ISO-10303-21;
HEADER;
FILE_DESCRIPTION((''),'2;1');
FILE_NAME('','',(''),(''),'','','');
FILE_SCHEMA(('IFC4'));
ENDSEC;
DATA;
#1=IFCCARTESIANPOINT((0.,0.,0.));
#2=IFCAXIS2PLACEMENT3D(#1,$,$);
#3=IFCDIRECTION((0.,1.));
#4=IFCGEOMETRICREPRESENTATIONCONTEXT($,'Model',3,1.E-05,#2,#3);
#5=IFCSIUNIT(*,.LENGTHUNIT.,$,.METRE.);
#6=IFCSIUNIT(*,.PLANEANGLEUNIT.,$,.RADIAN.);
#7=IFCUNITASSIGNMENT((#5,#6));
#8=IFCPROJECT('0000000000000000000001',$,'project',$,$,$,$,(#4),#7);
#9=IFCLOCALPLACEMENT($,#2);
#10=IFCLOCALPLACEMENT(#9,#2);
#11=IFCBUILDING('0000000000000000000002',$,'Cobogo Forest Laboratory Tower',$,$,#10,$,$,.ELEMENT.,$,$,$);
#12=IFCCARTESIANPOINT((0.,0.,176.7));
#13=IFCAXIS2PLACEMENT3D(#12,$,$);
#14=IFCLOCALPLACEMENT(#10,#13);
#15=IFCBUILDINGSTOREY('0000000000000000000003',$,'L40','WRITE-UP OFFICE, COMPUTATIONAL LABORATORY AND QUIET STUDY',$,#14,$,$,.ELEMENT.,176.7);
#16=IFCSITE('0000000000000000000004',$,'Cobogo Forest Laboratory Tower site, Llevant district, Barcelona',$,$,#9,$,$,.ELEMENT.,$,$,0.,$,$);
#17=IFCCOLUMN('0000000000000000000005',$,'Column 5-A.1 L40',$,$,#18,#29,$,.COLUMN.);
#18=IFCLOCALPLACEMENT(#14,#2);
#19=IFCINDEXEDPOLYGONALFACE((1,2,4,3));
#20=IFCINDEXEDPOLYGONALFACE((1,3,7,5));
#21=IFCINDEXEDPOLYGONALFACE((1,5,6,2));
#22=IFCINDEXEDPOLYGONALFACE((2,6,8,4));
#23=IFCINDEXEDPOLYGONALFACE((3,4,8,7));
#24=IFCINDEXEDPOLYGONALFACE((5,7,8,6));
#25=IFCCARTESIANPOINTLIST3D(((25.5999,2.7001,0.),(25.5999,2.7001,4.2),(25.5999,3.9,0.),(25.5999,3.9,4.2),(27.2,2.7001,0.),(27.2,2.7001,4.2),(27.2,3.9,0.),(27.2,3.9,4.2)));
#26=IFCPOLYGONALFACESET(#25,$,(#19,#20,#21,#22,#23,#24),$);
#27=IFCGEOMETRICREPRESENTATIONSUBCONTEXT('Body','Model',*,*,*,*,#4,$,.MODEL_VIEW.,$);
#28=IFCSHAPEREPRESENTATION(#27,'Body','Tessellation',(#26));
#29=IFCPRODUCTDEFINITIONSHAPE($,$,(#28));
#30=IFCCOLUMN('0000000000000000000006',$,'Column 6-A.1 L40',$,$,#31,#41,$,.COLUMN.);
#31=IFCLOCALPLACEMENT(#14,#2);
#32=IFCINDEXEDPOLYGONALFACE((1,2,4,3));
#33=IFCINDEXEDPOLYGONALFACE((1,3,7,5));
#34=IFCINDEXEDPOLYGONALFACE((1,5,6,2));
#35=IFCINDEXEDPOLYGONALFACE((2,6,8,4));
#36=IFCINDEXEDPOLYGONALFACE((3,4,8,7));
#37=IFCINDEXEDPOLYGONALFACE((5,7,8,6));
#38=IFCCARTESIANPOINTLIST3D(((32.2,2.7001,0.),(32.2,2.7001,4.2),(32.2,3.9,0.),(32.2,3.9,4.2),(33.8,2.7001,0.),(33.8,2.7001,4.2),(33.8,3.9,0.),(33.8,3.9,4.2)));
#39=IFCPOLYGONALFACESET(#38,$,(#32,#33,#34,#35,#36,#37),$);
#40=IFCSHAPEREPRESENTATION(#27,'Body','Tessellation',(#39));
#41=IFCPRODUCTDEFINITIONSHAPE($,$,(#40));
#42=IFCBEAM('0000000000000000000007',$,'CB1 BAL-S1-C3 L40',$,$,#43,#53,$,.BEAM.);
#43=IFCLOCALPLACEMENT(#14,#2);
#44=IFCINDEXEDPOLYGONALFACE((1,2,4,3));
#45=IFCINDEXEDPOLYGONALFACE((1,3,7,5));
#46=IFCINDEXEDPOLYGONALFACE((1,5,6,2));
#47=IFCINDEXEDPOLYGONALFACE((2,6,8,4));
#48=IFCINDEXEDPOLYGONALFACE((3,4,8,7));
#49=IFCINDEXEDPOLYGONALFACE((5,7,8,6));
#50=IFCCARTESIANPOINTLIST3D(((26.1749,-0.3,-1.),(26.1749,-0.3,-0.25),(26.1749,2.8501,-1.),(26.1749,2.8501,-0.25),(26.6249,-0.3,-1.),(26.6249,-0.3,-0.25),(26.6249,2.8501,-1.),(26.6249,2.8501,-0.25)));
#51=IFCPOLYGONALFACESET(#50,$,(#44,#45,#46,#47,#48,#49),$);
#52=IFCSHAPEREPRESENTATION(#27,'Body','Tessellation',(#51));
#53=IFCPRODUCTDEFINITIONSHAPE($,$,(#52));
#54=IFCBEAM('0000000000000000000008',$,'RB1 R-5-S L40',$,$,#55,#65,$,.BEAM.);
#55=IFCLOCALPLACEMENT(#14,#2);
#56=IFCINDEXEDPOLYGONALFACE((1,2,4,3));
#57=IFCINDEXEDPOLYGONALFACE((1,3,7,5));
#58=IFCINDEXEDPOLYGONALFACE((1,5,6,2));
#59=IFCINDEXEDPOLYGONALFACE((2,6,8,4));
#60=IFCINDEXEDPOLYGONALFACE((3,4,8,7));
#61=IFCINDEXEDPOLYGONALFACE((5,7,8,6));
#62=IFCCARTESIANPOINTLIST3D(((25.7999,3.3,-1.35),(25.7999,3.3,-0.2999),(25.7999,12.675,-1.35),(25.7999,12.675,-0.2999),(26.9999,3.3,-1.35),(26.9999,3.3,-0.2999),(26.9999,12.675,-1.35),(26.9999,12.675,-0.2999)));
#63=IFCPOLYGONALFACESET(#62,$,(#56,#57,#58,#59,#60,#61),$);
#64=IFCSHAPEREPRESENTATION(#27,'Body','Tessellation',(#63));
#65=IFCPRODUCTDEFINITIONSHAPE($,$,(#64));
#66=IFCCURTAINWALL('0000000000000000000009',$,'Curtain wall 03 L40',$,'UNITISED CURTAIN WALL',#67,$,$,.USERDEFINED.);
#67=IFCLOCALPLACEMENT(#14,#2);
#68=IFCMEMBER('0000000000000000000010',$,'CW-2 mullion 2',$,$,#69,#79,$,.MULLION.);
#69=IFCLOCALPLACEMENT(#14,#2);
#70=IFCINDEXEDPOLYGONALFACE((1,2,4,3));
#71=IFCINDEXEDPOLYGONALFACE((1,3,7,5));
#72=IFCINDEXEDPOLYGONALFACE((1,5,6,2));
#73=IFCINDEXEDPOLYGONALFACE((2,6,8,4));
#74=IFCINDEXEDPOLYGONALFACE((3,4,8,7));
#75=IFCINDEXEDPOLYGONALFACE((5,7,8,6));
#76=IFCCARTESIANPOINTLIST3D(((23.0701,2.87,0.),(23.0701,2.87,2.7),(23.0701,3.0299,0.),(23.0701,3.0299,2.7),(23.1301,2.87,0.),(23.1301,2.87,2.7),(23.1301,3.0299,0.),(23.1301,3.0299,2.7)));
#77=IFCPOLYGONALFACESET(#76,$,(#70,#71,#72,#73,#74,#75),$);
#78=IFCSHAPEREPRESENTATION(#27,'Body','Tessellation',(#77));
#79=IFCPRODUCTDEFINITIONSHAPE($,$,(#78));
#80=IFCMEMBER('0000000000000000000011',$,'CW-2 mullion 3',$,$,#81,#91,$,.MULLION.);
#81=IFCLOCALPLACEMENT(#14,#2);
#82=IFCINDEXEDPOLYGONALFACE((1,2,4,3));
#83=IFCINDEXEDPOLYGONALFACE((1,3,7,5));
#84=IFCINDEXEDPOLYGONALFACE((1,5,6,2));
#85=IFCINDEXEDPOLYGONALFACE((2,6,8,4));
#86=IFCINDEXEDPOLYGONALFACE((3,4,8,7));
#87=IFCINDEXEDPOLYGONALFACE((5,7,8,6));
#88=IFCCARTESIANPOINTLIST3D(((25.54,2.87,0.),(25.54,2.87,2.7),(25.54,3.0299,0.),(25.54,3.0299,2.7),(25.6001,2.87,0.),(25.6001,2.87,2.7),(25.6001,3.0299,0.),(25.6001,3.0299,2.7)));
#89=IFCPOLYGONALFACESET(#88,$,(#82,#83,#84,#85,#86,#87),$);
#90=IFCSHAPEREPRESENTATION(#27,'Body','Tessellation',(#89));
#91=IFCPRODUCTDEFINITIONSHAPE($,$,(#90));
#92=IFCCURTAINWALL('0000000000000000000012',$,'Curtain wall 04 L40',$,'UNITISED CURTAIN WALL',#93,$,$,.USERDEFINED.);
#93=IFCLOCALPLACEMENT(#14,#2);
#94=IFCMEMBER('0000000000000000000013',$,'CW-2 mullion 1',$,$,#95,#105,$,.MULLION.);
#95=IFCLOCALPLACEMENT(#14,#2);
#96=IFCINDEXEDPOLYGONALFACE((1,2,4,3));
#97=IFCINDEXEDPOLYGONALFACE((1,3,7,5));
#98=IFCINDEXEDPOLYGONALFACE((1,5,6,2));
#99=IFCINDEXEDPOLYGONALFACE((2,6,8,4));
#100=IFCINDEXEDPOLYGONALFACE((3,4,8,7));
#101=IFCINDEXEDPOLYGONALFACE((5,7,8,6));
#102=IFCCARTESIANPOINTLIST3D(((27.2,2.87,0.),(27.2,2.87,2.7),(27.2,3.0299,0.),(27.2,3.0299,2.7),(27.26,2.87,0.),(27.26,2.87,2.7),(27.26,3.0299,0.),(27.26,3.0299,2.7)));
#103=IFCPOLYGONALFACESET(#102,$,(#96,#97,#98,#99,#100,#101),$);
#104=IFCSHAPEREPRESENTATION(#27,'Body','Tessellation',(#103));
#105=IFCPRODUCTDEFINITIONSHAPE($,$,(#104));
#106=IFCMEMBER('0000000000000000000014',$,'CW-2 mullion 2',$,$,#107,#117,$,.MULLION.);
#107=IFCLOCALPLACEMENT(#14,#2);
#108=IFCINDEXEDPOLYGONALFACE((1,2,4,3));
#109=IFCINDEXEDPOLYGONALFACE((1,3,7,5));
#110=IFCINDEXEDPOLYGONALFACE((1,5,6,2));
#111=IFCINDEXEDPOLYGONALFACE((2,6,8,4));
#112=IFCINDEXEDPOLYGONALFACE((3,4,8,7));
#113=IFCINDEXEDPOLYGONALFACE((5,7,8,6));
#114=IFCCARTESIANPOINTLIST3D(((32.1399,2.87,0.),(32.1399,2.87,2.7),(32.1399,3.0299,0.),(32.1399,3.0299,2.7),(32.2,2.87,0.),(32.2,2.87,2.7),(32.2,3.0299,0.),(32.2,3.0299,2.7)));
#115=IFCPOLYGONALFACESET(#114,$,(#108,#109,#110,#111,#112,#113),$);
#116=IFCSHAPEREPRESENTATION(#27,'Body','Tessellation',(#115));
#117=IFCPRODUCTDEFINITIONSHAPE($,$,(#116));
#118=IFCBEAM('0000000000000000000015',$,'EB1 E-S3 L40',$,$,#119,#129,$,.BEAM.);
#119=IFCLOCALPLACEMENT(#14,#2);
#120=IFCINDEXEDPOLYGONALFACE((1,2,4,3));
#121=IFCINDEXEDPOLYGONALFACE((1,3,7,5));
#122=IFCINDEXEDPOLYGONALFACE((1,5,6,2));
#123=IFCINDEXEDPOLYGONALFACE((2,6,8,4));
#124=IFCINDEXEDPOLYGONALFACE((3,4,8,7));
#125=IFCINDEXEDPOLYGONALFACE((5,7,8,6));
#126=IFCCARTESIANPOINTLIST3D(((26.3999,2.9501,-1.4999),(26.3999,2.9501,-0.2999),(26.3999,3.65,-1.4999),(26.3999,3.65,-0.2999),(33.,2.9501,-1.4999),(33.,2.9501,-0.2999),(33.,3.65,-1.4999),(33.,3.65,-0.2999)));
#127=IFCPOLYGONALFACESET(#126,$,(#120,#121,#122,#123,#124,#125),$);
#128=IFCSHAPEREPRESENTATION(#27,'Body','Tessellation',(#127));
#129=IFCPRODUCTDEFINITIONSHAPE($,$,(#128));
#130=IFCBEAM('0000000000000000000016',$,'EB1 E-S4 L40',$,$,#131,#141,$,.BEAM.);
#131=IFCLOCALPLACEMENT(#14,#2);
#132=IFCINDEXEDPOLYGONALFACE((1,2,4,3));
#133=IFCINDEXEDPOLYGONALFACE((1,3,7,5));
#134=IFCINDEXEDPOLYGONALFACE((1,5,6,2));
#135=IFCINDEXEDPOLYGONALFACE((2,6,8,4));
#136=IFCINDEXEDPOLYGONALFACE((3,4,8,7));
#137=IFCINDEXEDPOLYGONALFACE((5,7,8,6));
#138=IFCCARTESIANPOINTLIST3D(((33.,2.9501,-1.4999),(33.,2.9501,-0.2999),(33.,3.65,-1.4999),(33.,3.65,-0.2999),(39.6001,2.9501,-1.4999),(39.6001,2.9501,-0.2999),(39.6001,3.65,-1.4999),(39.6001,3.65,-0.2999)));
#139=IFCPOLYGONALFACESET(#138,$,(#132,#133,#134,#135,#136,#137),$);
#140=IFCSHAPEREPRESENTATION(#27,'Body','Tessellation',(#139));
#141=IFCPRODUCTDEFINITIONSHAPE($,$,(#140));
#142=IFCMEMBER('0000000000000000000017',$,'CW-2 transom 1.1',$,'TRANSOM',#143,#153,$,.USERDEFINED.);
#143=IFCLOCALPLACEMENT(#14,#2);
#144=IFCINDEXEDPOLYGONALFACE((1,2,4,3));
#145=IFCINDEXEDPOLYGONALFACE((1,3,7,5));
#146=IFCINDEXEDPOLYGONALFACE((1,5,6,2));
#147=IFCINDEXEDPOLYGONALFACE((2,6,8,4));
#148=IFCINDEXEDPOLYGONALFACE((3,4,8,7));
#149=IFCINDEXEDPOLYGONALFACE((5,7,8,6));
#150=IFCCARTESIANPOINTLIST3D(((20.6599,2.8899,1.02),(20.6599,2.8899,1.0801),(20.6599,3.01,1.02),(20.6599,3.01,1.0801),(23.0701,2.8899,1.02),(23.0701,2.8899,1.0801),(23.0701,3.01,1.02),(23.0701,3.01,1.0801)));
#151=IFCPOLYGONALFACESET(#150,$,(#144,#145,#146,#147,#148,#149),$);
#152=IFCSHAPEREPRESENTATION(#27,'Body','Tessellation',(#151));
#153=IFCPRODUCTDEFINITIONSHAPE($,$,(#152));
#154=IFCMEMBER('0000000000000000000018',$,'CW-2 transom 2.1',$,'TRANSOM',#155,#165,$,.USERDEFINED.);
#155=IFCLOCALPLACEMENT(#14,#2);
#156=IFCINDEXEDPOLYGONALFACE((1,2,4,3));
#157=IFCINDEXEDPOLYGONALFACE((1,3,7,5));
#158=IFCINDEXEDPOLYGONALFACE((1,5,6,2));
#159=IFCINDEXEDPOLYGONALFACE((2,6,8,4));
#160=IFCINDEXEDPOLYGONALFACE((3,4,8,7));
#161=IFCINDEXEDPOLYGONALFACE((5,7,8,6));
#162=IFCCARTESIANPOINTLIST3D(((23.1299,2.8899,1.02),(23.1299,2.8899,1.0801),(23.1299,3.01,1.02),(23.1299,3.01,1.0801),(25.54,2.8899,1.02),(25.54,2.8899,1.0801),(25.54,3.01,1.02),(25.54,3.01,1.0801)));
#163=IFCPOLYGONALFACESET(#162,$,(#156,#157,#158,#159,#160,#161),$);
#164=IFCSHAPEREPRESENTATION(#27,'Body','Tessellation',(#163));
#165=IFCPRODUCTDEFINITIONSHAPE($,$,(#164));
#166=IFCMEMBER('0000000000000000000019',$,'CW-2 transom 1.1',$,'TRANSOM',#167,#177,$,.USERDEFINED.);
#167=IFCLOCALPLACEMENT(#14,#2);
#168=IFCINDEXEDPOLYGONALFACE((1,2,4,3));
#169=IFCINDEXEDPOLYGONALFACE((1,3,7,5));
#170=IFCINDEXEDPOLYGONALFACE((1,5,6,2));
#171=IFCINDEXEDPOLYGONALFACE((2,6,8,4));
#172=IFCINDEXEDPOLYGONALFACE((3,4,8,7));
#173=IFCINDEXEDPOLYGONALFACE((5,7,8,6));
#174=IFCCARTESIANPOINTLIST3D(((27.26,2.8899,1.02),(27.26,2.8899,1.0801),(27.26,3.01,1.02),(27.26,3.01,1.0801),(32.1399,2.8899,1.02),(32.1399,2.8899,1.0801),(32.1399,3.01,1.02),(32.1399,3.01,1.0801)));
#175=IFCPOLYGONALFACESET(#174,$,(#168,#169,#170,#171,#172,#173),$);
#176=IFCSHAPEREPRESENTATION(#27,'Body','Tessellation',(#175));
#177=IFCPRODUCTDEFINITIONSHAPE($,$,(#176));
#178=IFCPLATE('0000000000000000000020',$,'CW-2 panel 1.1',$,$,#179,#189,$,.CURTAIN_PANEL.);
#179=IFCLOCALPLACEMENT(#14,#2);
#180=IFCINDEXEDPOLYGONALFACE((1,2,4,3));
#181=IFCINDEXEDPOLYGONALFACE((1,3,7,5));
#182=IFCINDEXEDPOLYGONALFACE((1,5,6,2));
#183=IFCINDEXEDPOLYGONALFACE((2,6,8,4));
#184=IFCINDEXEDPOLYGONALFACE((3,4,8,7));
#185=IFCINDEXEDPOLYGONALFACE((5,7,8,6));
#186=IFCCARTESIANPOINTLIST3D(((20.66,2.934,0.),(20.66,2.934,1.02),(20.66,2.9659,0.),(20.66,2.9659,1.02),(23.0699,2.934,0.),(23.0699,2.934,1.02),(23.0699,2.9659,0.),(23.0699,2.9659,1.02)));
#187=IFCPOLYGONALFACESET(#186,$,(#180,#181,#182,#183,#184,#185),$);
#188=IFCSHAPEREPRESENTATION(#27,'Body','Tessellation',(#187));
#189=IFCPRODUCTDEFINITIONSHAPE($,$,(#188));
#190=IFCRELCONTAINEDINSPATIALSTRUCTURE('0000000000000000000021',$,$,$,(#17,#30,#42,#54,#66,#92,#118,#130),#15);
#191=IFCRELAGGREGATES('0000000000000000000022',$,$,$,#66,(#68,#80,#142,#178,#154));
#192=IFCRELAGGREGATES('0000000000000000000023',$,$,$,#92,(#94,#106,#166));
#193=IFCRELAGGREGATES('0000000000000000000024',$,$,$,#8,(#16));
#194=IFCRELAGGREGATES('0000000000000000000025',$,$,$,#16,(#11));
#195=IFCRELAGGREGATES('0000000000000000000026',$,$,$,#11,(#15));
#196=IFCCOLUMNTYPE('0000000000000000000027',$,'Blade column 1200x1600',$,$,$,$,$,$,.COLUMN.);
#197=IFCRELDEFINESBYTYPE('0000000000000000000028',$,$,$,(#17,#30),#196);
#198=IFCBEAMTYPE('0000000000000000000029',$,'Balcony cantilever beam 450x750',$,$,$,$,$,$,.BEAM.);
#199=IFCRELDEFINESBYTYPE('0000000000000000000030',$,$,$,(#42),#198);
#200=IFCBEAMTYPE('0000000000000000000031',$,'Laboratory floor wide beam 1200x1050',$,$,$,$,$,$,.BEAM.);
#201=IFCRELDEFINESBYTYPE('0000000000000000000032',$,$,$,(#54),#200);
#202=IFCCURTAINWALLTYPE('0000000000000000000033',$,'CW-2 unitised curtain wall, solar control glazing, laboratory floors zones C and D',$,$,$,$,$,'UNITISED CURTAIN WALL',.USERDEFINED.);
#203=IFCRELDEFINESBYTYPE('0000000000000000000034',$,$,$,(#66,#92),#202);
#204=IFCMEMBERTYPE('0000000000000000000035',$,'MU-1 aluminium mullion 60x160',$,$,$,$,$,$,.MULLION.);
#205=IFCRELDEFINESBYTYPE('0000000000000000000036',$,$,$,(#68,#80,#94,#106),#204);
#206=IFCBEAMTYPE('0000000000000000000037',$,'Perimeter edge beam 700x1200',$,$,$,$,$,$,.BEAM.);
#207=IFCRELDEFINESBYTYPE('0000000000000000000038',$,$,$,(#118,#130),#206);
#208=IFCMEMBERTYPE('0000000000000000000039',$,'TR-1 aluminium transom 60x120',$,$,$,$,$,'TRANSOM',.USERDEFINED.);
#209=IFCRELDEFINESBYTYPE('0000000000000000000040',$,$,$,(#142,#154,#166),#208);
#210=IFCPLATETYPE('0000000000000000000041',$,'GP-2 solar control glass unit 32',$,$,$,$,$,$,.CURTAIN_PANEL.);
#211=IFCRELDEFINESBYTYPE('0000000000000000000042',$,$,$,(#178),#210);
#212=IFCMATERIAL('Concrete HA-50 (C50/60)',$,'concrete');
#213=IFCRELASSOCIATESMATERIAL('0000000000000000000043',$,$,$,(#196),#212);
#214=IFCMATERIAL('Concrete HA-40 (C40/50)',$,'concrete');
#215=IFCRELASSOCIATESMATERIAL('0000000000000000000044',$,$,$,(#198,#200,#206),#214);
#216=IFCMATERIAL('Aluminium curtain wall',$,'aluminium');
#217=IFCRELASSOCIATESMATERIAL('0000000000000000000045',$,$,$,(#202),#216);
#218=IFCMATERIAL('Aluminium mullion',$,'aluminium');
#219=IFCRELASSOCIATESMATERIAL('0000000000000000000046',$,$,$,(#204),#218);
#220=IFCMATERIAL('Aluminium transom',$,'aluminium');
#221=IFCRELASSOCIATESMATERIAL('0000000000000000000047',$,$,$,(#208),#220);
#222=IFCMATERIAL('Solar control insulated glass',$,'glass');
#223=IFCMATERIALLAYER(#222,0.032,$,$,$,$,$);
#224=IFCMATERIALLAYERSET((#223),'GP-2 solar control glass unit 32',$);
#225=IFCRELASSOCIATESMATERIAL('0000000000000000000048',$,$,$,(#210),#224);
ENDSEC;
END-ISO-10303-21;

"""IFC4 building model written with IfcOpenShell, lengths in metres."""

from ifc_helpers import new_model, si_unit, direction, frame, origin, origin_2d, place, context, subcontext, project, spatial, rectangle, extrude, material, layer, layer_set, material_profile, profile_set, type_object, element, aggregate, save


model = new_model("IFC4")

# Units and contexts
model_context = context("Model", 3, precision=1e-05, world=origin(), true_north=direction((0.0, 1.0)))
body_context = subcontext(model_context, "Body", "Model", "MODEL_VIEW")
ifc_project = project(units=[si_unit("LENGTHUNIT", "METRE"), si_unit("PLANEANGLEUNIT", "RADIAN")], contexts=[model_context])

# Site, building, storey
site_placement = place(None, origin())
site = spatial("IfcSite", under=ifc_project, at=site_placement, Name="Cobogo Forest Laboratory Tower site, Llevant district, Barcelona", CompositionType="ELEMENT", RefElevation=0.0)
building_placement = place(site_placement, origin())
building = spatial("IfcBuilding", under=site, at=building_placement, Name="Cobogo Forest Laboratory Tower", CompositionType="ELEMENT")
storey_placement = place(building_placement, frame((0.0, 0.0, 176.7)))
storey = spatial("IfcBuildingStorey", under=building, at=storey_placement, Name="L40", Description="WRITE-UP OFFICE, COMPUTATIONAL LABORATORY AND QUIET STUDY", CompositionType="ELEMENT", Elevation=176.7)

# Columns
ifc_material_1 = material(Name="Concrete HA-50 (C50/60)", Category="concrete")
ifc_material_profile_1 = material_profile(ifc_material_1, rectangle(XDim=1.6001, YDim=1.2, at=origin_2d()), Name="RC 1200x1600")
ifc_profile_set_1 = profile_set([ifc_material_profile_1], Name="Concrete HA-50 (C50/60)")
column_type = type_object("IfcColumnType", Name="Blade column 1200x1600", PredefinedType="COLUMN", material=ifc_profile_set_1)
for number, where, z_axis, x_axis, name in (
    (1, (26.3999, 3.3, 0.0), (0.0, 0.0, 1.0), (1.0, 0.0, 0.0), "Column 5-A.1 L40"),
    (2, (33.0, 3.3, 0.0), (0.0, 0.0, 1.0), (1.0, 0.0, 0.0), "Column 6-A.1 L40"),
):
    element("IfcColumn", number, at=place(storey_placement, frame(where, z_axis=z_axis, x_axis=x_axis)), inside=storey, type_object=column_type, Name=name, PredefinedType="COLUMN", context=body_context, shape_type="SweptSolid", body=[
        extrude(rectangle(XDim=1.6001, YDim=1.2, at=origin_2d()), origin(), (0.0, 0.0, 1.0), 4.2),
    ])

# Beams
ifc_material_2 = material(Name="Concrete HA-40 (C40/50)", Category="concrete")
ifc_material_profile_2 = material_profile(ifc_material_2, rectangle(XDim=0.45, YDim=0.75, at=origin_2d()), Name="RC 450x750")
ifc_profile_set_2 = profile_set([ifc_material_profile_2], Name="Concrete HA-40 (C40/50)")
beam_type_1 = type_object("IfcBeamType", Name="Balcony cantilever beam 450x750", PredefinedType="BEAM", material=ifc_profile_set_2)
beam_1_placement = place(storey_placement, frame((26.3999, 2.8501, -0.625), z_axis=(0.0, -1.0, 0.0), x_axis=(1.0, 0.0, 0.0)))
element("IfcBeam", 3, at=beam_1_placement, inside=storey, type_object=beam_type_1, Name="CB1 BAL-S1-C3 L40", PredefinedType="BEAM", context=body_context, shape_type="SweptSolid", body=[
    extrude(rectangle(XDim=0.45, YDim=0.75, at=origin_2d()), origin(), (0.0, 0.0, 1.0), 3.1501),
])
ifc_material_profile_3 = material_profile(ifc_material_2, rectangle(XDim=1.2, YDim=1.05, at=origin_2d()), Name="RC 1200x1050")
ifc_profile_set_3 = profile_set([ifc_material_profile_3], Name="Concrete HA-40 (C40/50)")
beam_type_2 = type_object("IfcBeamType", Name="Laboratory floor wide beam 1200x1050", PredefinedType="BEAM", material=ifc_profile_set_3)
beam_2_placement = place(storey_placement, frame((26.3999, 12.675, -0.825), z_axis=(0.0, -1.0, 0.0), x_axis=(1.0, 0.0, 0.0)))
element("IfcBeam", 4, at=beam_2_placement, inside=storey, type_object=beam_type_2, Name="RB1 R-5-S L40", PredefinedType="BEAM", context=body_context, shape_type="SweptSolid", body=[
    extrude(rectangle(XDim=1.2, YDim=1.05, at=origin_2d()), origin(), (0.0, 0.0, 1.0), 9.375),
])

# Curtain walls, members
ifc_material_3 = material(Name="Aluminium curtain wall", Category="aluminium")
curtain_wall_type = type_object("IfcCurtainWallType", Name="CW-2 unitised curtain wall, solar control glazing, laboratory floors zones C and D", ElementType="UNITISED CURTAIN WALL", PredefinedType="USERDEFINED", material=ifc_material_3)
curtain_wall_1_placement = place(storey_placement, origin())
curtain_wall_1 = element("IfcCurtainWall", 5, at=curtain_wall_1_placement, inside=storey, type_object=curtain_wall_type, Name="Curtain wall 03 L40", ObjectType="UNITISED CURTAIN WALL", PredefinedType="USERDEFINED")
ifc_material_4 = material(Name="Aluminium mullion", Category="aluminium")
ifc_material_profile_4 = material_profile(ifc_material_4, rectangle(XDim=0.0601, YDim=0.1599, at=origin_2d()), Name="AL 60x160")
ifc_profile_set_4 = profile_set([ifc_material_profile_4], Name="Aluminium mullion")
member_type_1 = type_object("IfcMemberType", Name="MU-1 aluminium mullion 60x160", PredefinedType="MULLION", material=ifc_profile_set_4)
member_1_placement = place(storey_placement, frame((23.1001, 2.95, 0.0), z_axis=(0.0, 0.0, 1.0), x_axis=(1.0, 0.0, 0.0)))
member_1 = element("IfcMember", 6, at=member_1_placement, type_object=member_type_1, Name="CW-2 mullion 2", PredefinedType="MULLION", context=body_context, shape_type="SweptSolid", body=[
    extrude(rectangle(XDim=0.0601, YDim=0.1599, at=origin_2d()), origin(), (0.0, 0.0, 1.0), 2.7),
])
member_2_placement = place(storey_placement, frame((25.5701, 2.95, 0.0), z_axis=(0.0, 0.0, 1.0), x_axis=(1.0, 0.0, 0.0)))
member_2 = element("IfcMember", 7, at=member_2_placement, type_object=member_type_1, Name="CW-2 mullion 3", PredefinedType="MULLION", context=body_context, shape_type="SweptSolid", body=[
    extrude(rectangle(XDim=0.0601, YDim=0.1599, at=origin_2d()), origin(), (0.0, 0.0, 1.0), 2.7),
])
curtain_wall_2_placement = place(storey_placement, origin())
curtain_wall_2 = element("IfcCurtainWall", 8, at=curtain_wall_2_placement, inside=storey, type_object=curtain_wall_type, Name="Curtain wall 04 L40", ObjectType="UNITISED CURTAIN WALL", PredefinedType="USERDEFINED")
member_3_placement = place(storey_placement, frame((27.23, 2.95, 0.0), z_axis=(0.0, 0.0, 1.0), x_axis=(1.0, 0.0, 0.0)))
member_3 = element("IfcMember", 9, at=member_3_placement, type_object=member_type_1, Name="CW-2 mullion 1", PredefinedType="MULLION", context=body_context, shape_type="SweptSolid", body=[
    extrude(rectangle(XDim=0.0601, YDim=0.1599, at=origin_2d()), origin(), (0.0, 0.0, 1.0), 2.7),
])
member_4_placement = place(storey_placement, frame((32.1699, 2.95, 0.0), z_axis=(0.0, 0.0, 1.0), x_axis=(1.0, 0.0, 0.0)))
member_4 = element("IfcMember", 10, at=member_4_placement, type_object=member_type_1, Name="CW-2 mullion 2", PredefinedType="MULLION", context=body_context, shape_type="SweptSolid", body=[
    extrude(rectangle(XDim=0.0601, YDim=0.1599, at=origin_2d()), origin(), (0.0, 0.0, 1.0), 2.7),
])

# Beams
ifc_material_profile_5 = material_profile(ifc_material_2, rectangle(XDim=0.7, YDim=1.2, at=origin_2d()), Name="RC 700x1200")
ifc_profile_set_5 = profile_set([ifc_material_profile_5], Name="Concrete HA-40 (C40/50)")
beam_type_3 = type_object("IfcBeamType", Name="Perimeter edge beam 700x1200", PredefinedType="BEAM", material=ifc_profile_set_5)
for number, where, z_axis, x_axis, name in (
    (11, (26.3999, 3.3, -0.8999), (1.0, 0.0, 0.0), (0.0, 1.0, 0.0), "EB1 E-S3 L40"),
    (12, (33.0, 3.3, -0.8999), (1.0, 0.0, 0.0), (0.0, 1.0, 0.0), "EB1 E-S4 L40"),
):
    element("IfcBeam", number, at=place(storey_placement, frame(where, z_axis=z_axis, x_axis=x_axis)), inside=storey, type_object=beam_type_3, Name=name, PredefinedType="BEAM", context=body_context, shape_type="SweptSolid", body=[
        extrude(rectangle(XDim=0.7, YDim=1.2, at=origin_2d()), origin(), (0.0, 0.0, 1.0), 6.6001),
    ])

# Members
ifc_material_5 = material(Name="Aluminium transom", Category="aluminium")
ifc_material_profile_6 = material_profile(ifc_material_5, rectangle(XDim=0.1201, YDim=0.0601, at=origin_2d()), Name="AL 60x120")
ifc_profile_set_6 = profile_set([ifc_material_profile_6], Name="Aluminium transom")
member_type_2 = type_object("IfcMemberType", Name="TR-1 aluminium transom 60x120", ElementType="TRANSOM", PredefinedType="USERDEFINED", material=ifc_profile_set_6)
member_5_placement = place(storey_placement, frame((20.6599, 2.95, 1.05), z_axis=(1.0, 0.0, 0.0), x_axis=(0.0, 1.0, 0.0)))
member_5 = element("IfcMember", 13, at=member_5_placement, type_object=member_type_2, Name="CW-2 transom 1.1", ObjectType="TRANSOM", PredefinedType="USERDEFINED", context=body_context, shape_type="SweptSolid", body=[
    extrude(rectangle(XDim=0.1201, YDim=0.0601, at=origin_2d()), origin(), (0.0, 0.0, 1.0), 2.4102),
])
member_6_placement = place(storey_placement, frame((23.1299, 2.95, 1.05), z_axis=(1.0, 0.0, 0.0), x_axis=(0.0, 1.0, 0.0)))
member_6 = element("IfcMember", 14, at=member_6_placement, type_object=member_type_2, Name="CW-2 transom 2.1", ObjectType="TRANSOM", PredefinedType="USERDEFINED", context=body_context, shape_type="SweptSolid", body=[
    extrude(rectangle(XDim=0.1201, YDim=0.0601, at=origin_2d()), origin(), (0.0, 0.0, 1.0), 2.4102),
])
member_7_placement = place(storey_placement, frame((27.26, 2.95, 1.05), z_axis=(1.0, 0.0, 0.0), x_axis=(0.0, 1.0, 0.0)))
member_7 = element("IfcMember", 15, at=member_7_placement, type_object=member_type_2, Name="CW-2 transom 1.1", ObjectType="TRANSOM", PredefinedType="USERDEFINED", context=body_context, shape_type="SweptSolid", body=[
    extrude(rectangle(XDim=0.1201, YDim=0.0601, at=origin_2d()), origin(), (0.0, 0.0, 1.0), 4.8799),
])

# Plate
ifc_material_6 = material(Name="Solar control insulated glass", Category="glass")
ifc_layer_1 = layer(ifc_material_6, 0.032)
ifc_layer_set_1 = layer_set([ifc_layer_1], Name="GP-2 solar control glass unit 32")
plate_type_1 = type_object("IfcPlateType", Name="GP-2 solar control glass unit 32", PredefinedType="CURTAIN_PANEL", material=ifc_layer_set_1)
plate_1_placement = place(storey_placement, frame((21.865, 2.95, 0.0), z_axis=(0.0, 0.0, 1.0), x_axis=(1.0, 0.0, 0.0)))
plate_1 = element("IfcPlate", 16, at=plate_1_placement, type_object=plate_type_1, Name="CW-2 panel 1.1", PredefinedType="CURTAIN_PANEL", context=body_context, shape_type="SweptSolid", body=[
    extrude(rectangle(XDim=2.4099, YDim=0.032, at=origin_2d()), origin(), (0.0, 0.0, 1.0), 1.02),
])
aggregate(curtain_wall_1, [member_1, member_2, member_5, plate_1, member_6])
aggregate(curtain_wall_2, [member_3, member_4, member_7])

save(model, "model.ifc")
